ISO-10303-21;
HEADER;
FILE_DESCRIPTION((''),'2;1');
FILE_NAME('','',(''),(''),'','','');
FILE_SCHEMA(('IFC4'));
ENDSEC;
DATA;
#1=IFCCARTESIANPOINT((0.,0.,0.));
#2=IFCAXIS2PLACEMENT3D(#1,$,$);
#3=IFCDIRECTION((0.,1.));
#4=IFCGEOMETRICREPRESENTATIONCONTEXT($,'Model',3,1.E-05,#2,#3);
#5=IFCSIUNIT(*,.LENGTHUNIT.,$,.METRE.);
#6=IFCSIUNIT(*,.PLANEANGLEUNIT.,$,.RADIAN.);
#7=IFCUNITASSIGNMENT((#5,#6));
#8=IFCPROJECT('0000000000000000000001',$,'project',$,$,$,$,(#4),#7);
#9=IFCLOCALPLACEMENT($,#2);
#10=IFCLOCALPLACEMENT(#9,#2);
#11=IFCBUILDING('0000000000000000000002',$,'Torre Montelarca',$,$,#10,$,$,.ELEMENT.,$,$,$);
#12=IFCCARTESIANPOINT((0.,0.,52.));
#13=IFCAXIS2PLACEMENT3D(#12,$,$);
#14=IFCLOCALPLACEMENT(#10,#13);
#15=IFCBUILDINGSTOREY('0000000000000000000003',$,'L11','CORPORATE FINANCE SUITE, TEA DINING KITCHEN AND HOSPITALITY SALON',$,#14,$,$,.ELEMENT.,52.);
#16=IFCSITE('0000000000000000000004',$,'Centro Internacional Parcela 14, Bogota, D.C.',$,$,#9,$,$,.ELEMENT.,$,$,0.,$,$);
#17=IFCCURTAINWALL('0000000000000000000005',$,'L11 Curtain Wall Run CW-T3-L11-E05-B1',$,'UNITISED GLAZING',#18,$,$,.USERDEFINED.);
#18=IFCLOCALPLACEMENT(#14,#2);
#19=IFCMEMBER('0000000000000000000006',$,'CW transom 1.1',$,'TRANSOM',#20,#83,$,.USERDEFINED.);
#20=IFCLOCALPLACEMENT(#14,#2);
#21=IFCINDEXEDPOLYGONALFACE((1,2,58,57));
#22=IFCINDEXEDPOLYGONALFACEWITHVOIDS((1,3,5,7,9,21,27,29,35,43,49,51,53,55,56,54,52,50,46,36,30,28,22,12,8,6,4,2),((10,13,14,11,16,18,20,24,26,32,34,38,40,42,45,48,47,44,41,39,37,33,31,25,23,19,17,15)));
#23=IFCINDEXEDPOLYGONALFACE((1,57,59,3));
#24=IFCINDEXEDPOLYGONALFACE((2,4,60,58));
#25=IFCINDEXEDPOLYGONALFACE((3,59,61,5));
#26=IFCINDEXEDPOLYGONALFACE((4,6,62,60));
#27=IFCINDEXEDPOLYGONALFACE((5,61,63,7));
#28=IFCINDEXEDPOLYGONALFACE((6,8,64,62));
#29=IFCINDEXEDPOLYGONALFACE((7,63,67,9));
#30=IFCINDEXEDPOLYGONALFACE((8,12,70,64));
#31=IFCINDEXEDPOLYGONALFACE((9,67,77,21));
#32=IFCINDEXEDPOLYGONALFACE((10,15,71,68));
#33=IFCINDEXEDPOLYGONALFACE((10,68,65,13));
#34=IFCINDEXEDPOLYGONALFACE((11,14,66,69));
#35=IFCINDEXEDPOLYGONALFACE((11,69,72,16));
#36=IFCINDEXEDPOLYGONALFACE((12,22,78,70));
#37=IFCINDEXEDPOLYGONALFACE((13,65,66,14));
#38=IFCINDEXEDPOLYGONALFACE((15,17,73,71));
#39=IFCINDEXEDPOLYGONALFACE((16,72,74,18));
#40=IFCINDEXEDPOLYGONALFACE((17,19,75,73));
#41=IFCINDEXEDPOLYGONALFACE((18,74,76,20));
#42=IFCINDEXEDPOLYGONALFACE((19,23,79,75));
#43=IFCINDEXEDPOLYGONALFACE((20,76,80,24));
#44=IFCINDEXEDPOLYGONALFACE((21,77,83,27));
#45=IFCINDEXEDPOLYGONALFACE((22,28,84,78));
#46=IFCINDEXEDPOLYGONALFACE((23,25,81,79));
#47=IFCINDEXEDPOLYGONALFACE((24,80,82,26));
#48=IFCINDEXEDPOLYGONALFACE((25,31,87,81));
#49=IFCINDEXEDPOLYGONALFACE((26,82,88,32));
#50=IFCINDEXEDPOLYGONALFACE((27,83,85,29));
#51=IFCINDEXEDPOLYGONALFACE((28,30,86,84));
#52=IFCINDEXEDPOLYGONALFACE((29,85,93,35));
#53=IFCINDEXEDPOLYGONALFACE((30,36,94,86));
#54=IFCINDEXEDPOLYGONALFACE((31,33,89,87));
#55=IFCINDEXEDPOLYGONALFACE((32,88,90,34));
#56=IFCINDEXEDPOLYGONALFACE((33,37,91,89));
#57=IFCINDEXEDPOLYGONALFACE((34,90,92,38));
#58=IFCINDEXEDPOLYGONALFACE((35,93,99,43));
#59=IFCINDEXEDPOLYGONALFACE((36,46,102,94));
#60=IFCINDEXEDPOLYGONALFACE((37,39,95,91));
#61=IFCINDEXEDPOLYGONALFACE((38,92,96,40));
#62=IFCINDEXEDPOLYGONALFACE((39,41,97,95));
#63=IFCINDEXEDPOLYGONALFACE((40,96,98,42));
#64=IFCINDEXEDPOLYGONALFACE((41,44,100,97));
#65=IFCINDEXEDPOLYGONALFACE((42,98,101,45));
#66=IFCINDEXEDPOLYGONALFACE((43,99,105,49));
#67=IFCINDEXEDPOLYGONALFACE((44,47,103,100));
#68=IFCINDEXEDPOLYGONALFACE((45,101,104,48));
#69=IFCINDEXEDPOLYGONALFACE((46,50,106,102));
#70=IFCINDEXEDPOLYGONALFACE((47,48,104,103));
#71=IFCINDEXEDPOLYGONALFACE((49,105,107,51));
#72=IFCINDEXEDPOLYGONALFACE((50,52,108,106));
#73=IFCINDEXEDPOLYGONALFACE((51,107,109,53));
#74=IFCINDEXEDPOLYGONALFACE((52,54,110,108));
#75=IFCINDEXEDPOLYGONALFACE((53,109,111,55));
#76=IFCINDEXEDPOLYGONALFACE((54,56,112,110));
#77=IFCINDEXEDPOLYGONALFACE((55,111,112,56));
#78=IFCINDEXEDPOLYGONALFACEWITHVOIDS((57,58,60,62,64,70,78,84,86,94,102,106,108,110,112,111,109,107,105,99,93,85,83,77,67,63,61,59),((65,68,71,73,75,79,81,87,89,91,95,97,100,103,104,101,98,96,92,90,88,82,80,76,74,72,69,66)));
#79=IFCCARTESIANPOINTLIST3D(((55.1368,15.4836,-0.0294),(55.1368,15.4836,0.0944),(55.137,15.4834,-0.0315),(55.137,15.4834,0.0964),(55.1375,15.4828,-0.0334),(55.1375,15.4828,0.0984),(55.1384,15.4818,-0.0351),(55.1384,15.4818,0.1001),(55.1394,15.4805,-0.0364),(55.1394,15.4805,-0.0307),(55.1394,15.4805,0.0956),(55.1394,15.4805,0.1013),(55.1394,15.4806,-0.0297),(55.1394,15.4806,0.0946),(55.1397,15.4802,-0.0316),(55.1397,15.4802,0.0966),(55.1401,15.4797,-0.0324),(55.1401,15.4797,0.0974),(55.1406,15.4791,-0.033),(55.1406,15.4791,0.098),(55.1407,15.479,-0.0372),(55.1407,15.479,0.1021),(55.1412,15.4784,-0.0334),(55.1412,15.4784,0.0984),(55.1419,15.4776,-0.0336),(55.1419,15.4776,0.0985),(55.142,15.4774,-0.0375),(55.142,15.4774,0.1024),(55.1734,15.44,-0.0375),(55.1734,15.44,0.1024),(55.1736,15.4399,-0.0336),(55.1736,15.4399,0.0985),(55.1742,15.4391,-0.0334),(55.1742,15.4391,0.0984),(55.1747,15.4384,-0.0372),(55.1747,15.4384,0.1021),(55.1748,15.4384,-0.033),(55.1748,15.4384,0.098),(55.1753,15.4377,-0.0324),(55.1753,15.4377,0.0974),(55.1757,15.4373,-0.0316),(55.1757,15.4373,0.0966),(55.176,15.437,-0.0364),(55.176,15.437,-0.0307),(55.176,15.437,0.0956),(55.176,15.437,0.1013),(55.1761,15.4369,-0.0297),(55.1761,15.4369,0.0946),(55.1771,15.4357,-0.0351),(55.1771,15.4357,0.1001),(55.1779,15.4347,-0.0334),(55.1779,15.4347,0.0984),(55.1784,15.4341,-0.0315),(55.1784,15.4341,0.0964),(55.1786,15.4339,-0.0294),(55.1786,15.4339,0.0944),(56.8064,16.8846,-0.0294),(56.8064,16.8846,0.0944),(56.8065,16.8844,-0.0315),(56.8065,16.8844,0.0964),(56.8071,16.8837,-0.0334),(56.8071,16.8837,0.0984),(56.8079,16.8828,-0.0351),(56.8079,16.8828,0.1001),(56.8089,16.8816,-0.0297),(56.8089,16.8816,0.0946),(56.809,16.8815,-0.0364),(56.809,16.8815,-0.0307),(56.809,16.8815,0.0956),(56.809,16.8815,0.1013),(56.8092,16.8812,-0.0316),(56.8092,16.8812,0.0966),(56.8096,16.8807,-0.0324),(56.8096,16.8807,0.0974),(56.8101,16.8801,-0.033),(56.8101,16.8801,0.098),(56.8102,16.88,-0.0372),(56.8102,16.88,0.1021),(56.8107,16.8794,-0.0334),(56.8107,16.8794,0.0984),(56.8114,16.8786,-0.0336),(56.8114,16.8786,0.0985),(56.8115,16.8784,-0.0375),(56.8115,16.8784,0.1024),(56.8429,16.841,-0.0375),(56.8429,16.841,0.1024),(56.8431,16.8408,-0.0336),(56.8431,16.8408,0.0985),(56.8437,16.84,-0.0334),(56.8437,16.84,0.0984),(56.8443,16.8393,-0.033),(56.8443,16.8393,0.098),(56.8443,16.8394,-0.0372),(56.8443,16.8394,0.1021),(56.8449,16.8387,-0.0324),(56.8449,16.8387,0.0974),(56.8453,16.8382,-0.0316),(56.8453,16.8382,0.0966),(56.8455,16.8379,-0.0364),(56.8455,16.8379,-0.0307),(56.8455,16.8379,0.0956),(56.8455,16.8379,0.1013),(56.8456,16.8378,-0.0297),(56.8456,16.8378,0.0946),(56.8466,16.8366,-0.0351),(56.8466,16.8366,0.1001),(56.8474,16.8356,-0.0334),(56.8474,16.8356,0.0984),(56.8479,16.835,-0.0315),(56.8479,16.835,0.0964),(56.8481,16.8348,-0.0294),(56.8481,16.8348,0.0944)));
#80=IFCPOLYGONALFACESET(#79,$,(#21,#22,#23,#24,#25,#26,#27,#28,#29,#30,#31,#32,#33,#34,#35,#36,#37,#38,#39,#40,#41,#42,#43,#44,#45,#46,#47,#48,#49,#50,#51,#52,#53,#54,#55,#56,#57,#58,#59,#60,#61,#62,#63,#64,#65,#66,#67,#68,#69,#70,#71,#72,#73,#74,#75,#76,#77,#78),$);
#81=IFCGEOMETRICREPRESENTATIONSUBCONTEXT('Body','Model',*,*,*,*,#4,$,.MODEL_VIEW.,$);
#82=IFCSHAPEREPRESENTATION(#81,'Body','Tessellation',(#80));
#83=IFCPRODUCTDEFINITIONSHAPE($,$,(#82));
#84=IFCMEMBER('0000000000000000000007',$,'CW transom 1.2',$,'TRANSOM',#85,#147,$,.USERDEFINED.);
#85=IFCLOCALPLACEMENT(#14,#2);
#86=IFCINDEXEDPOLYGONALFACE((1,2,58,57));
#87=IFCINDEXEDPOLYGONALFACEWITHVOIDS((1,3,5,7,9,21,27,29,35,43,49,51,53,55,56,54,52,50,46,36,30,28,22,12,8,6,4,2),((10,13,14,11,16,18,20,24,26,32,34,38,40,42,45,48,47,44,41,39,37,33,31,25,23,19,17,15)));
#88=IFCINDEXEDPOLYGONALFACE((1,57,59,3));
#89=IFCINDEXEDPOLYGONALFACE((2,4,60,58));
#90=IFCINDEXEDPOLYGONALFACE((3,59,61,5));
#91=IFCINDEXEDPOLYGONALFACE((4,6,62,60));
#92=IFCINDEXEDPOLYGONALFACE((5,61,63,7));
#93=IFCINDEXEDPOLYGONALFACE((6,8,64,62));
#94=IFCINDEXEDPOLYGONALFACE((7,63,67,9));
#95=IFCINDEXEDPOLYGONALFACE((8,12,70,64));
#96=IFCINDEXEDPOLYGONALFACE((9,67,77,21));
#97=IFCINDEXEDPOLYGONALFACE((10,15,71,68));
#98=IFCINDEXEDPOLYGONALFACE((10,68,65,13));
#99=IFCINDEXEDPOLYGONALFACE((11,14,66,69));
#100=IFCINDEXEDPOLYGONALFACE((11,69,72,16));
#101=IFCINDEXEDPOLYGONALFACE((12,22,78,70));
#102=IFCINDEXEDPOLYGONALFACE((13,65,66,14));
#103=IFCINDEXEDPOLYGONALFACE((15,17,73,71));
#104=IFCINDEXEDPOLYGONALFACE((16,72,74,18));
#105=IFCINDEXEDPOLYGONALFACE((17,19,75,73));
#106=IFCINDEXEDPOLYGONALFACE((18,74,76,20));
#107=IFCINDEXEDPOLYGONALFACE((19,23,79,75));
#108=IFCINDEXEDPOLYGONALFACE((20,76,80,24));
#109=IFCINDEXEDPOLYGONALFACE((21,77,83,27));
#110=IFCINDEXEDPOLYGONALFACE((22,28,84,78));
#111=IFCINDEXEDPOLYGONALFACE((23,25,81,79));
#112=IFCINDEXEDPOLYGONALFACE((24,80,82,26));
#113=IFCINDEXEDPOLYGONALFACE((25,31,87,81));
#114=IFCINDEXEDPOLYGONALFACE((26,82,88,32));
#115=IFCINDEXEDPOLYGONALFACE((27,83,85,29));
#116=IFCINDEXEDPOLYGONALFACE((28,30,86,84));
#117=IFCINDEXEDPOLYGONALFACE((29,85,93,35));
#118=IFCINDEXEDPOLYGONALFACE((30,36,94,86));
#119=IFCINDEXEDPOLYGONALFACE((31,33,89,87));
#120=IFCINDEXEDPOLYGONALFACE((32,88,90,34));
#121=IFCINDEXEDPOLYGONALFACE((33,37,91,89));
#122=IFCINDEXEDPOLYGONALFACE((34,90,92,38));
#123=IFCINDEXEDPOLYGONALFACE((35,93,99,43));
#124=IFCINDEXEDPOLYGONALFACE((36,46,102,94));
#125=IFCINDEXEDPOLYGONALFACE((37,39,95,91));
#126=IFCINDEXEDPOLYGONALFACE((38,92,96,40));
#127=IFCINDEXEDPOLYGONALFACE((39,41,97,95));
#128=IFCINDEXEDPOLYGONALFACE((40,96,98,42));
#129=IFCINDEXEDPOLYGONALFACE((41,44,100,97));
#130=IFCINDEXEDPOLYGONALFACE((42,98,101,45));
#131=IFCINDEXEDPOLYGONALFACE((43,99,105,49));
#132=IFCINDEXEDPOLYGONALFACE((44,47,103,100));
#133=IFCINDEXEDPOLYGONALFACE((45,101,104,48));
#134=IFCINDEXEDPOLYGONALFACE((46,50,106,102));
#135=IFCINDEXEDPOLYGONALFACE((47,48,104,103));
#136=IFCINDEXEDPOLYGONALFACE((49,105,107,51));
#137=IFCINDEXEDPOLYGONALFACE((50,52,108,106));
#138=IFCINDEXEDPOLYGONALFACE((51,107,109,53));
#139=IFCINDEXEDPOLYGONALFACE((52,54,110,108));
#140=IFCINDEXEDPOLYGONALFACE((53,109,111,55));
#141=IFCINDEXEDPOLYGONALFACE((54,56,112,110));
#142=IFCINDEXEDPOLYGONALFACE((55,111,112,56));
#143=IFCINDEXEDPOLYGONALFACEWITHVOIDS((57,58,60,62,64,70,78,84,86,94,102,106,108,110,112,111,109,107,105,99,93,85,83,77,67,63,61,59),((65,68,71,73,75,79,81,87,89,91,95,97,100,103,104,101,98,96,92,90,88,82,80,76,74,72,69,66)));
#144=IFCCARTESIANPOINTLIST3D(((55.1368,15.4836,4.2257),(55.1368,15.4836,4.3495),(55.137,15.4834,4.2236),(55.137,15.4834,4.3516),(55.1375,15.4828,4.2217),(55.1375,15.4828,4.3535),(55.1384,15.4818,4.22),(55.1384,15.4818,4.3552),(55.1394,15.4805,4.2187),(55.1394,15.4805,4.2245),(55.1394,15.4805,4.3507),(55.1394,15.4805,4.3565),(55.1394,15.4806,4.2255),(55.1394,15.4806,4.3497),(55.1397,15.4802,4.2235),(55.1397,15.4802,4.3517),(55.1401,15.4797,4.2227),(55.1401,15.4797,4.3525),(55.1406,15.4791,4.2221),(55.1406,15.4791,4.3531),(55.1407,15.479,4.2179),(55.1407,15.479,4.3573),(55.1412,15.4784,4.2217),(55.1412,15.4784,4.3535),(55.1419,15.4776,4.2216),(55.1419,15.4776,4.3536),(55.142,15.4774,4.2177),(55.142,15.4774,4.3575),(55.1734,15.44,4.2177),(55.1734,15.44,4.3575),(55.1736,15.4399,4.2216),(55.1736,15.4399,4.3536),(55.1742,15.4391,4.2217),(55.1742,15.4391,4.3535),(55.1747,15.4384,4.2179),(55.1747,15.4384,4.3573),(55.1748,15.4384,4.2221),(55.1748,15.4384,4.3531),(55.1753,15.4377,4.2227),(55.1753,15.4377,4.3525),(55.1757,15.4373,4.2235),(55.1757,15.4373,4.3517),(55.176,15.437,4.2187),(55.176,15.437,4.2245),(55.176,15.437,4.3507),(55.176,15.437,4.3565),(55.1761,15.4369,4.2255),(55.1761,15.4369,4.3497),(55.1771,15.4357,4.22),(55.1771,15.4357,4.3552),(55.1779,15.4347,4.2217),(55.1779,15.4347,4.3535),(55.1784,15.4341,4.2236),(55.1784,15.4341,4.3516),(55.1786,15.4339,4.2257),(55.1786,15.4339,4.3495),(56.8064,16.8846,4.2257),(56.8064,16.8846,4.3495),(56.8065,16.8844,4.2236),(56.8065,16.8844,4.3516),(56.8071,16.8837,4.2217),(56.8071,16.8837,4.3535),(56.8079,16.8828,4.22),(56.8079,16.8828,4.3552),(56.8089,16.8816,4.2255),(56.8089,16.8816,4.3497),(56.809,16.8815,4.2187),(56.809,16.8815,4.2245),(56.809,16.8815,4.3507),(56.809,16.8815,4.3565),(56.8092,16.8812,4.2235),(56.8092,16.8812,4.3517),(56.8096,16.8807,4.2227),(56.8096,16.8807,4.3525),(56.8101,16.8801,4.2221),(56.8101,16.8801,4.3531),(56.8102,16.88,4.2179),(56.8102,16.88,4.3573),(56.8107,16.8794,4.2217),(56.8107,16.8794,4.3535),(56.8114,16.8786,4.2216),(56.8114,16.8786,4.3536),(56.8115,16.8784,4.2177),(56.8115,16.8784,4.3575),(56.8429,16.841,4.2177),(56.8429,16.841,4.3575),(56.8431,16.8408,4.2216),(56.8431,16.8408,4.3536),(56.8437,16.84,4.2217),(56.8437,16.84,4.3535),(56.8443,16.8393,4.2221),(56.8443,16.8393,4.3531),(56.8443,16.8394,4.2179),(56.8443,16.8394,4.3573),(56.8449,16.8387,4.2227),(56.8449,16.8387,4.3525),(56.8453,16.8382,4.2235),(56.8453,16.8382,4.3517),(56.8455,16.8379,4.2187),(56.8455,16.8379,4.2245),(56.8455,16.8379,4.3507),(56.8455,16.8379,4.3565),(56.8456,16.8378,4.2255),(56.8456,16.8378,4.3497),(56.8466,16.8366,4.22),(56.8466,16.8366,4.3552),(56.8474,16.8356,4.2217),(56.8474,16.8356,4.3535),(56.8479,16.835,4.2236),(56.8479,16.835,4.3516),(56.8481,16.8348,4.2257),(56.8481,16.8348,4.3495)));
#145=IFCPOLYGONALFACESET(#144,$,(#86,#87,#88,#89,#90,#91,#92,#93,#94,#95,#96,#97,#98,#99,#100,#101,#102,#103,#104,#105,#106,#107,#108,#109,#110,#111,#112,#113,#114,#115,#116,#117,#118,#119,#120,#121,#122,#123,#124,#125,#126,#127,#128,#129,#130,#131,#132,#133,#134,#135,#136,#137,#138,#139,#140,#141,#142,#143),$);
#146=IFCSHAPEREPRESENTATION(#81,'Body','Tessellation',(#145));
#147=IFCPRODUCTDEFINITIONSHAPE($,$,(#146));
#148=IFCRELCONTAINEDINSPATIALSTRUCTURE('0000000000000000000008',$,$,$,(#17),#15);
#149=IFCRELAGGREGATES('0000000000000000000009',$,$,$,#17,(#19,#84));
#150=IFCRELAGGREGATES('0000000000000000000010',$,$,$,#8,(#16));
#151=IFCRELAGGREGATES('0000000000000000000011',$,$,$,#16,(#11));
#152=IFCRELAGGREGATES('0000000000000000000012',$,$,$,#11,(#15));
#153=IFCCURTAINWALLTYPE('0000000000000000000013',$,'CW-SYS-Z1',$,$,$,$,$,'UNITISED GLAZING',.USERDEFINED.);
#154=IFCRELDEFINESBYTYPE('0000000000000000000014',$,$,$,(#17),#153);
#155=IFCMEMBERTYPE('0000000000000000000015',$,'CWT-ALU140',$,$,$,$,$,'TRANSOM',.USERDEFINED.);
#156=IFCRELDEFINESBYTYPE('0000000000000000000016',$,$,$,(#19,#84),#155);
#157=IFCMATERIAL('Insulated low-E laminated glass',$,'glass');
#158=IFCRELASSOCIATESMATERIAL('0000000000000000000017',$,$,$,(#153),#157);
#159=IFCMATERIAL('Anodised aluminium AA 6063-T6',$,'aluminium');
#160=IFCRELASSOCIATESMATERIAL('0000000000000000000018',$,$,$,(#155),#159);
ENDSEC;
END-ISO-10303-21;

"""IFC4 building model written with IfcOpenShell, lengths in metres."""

from ifc_helpers import new_model, si_unit, direction, frame, origin, origin_2d, place, context, subcontext, project, spatial, hollow_rectangle, extrude, source, transform, mapped, material, material_profile, profile_set, type_object, element, aggregate, save


model = new_model("IFC4")

# Units and contexts
model_context = context("Model", 3, precision=1e-05, world=origin(), true_north=direction((0.0, 1.0)))
body_context = subcontext(model_context, "Body", "Model", "MODEL_VIEW")
ifc_project = project(units=[si_unit("LENGTHUNIT", "METRE"), si_unit("PLANEANGLEUNIT", "RADIAN")], contexts=[model_context])

# Site, building, storey
site_placement = place(None, origin())
site = spatial("IfcSite", under=ifc_project, at=site_placement, Name="Centro Internacional Parcela 14, Bogota, D.C.", CompositionType="ELEMENT", RefElevation=0.0)
building_placement = place(site_placement, origin())
building = spatial("IfcBuilding", under=site, at=building_placement, Name="Torre Montelarca", CompositionType="ELEMENT")
storey_placement = place(building_placement, frame((0.0, 0.0, 52.0)))
storey = spatial("IfcBuildingStorey", under=building, at=storey_placement, Name="L11", Description="CORPORATE FINANCE SUITE, TEA DINING KITCHEN AND HOSPITALITY SALON", CompositionType="ELEMENT", Elevation=52.0)

# Curtain wall
ifc_material_1 = material(Name="Insulated low-E laminated glass", Category="glass")
curtain_wall_type = type_object("IfcCurtainWallType", Name="CW-SYS-Z1", ElementType="UNITISED GLAZING", PredefinedType="USERDEFINED", material=ifc_material_1)
ifc_material_2 = material(Name="Anodised aluminium AA 6063-T6", Category="aluminium")
curtain_wall_1_placement = place(storey_placement, origin())
curtain_wall_1 = element("IfcCurtainWall", 1, at=curtain_wall_1_placement, inside=storey, type_object=curtain_wall_type, Name="L11 Curtain Wall Run CW-T3-L11-E05-B1", ObjectType="UNITISED GLAZING", PredefinedType="USERDEFINED")

# Members
ifc_material_profile_1 = material_profile(ifc_material_2, hollow_rectangle(XDim=0.0649, YDim=0.1399, WallThickness=0.0039, InnerFilletRadius=0.0039, OuterFilletRadius=0.0081, at=origin_2d()), Name="ALU65X140X4", Category="aluminium")
ifc_profile_set_1 = profile_set([ifc_material_profile_1], Name="Anodised aluminium AA 6063-T6")
member_type_1 = type_object("IfcMemberType", Name="CWT-ALU140", ElementType="TRANSOM", PredefinedType="USERDEFINED", material=ifc_profile_set_1)
shared_shape_1 = source(origin(), body_context, "Body", "SweptSolid", [
    extrude(hollow_rectangle(XDim=0.0649, YDim=0.1399, WallThickness=0.0039, InnerFilletRadius=0.0039, OuterFilletRadius=0.0081, at=origin_2d()), origin(), (0.0, 0.0, 1.0), 2.1794),
])
member_1_placement = place(storey_placement, frame((55.1577, 15.4587, 0.0325), z_axis=(0.766031, 0.642803, 0.0), x_axis=(-0.642803, 0.766031, 0.0)))
member_1 = element("IfcMember", 2, at=member_1_placement, type_object=member_type_1, Name="CW transom 1.1", ObjectType="TRANSOM", PredefinedType="USERDEFINED", context=body_context, shape_type="MappedRepresentation", body=[
    mapped(shared_shape_1, transform((0.0, 0.0, 0.0), scale=1.0)),
])
member_2_placement = place(storey_placement, frame((55.1577, 15.4587, 4.2876), z_axis=(0.766031, 0.642803, 0.0), x_axis=(-0.642803, 0.766031, 0.0)))
member_2 = element("IfcMember", 3, at=member_2_placement, type_object=member_type_1, Name="CW transom 1.2", ObjectType="TRANSOM", PredefinedType="USERDEFINED", context=body_context, shape_type="MappedRepresentation", body=[
    mapped(shared_shape_1, transform((0.0, 0.0, 0.0), scale=1.0)),
])

aggregate(curtain_wall_1, [member_1, member_2])

save(model, "model.ifc")
